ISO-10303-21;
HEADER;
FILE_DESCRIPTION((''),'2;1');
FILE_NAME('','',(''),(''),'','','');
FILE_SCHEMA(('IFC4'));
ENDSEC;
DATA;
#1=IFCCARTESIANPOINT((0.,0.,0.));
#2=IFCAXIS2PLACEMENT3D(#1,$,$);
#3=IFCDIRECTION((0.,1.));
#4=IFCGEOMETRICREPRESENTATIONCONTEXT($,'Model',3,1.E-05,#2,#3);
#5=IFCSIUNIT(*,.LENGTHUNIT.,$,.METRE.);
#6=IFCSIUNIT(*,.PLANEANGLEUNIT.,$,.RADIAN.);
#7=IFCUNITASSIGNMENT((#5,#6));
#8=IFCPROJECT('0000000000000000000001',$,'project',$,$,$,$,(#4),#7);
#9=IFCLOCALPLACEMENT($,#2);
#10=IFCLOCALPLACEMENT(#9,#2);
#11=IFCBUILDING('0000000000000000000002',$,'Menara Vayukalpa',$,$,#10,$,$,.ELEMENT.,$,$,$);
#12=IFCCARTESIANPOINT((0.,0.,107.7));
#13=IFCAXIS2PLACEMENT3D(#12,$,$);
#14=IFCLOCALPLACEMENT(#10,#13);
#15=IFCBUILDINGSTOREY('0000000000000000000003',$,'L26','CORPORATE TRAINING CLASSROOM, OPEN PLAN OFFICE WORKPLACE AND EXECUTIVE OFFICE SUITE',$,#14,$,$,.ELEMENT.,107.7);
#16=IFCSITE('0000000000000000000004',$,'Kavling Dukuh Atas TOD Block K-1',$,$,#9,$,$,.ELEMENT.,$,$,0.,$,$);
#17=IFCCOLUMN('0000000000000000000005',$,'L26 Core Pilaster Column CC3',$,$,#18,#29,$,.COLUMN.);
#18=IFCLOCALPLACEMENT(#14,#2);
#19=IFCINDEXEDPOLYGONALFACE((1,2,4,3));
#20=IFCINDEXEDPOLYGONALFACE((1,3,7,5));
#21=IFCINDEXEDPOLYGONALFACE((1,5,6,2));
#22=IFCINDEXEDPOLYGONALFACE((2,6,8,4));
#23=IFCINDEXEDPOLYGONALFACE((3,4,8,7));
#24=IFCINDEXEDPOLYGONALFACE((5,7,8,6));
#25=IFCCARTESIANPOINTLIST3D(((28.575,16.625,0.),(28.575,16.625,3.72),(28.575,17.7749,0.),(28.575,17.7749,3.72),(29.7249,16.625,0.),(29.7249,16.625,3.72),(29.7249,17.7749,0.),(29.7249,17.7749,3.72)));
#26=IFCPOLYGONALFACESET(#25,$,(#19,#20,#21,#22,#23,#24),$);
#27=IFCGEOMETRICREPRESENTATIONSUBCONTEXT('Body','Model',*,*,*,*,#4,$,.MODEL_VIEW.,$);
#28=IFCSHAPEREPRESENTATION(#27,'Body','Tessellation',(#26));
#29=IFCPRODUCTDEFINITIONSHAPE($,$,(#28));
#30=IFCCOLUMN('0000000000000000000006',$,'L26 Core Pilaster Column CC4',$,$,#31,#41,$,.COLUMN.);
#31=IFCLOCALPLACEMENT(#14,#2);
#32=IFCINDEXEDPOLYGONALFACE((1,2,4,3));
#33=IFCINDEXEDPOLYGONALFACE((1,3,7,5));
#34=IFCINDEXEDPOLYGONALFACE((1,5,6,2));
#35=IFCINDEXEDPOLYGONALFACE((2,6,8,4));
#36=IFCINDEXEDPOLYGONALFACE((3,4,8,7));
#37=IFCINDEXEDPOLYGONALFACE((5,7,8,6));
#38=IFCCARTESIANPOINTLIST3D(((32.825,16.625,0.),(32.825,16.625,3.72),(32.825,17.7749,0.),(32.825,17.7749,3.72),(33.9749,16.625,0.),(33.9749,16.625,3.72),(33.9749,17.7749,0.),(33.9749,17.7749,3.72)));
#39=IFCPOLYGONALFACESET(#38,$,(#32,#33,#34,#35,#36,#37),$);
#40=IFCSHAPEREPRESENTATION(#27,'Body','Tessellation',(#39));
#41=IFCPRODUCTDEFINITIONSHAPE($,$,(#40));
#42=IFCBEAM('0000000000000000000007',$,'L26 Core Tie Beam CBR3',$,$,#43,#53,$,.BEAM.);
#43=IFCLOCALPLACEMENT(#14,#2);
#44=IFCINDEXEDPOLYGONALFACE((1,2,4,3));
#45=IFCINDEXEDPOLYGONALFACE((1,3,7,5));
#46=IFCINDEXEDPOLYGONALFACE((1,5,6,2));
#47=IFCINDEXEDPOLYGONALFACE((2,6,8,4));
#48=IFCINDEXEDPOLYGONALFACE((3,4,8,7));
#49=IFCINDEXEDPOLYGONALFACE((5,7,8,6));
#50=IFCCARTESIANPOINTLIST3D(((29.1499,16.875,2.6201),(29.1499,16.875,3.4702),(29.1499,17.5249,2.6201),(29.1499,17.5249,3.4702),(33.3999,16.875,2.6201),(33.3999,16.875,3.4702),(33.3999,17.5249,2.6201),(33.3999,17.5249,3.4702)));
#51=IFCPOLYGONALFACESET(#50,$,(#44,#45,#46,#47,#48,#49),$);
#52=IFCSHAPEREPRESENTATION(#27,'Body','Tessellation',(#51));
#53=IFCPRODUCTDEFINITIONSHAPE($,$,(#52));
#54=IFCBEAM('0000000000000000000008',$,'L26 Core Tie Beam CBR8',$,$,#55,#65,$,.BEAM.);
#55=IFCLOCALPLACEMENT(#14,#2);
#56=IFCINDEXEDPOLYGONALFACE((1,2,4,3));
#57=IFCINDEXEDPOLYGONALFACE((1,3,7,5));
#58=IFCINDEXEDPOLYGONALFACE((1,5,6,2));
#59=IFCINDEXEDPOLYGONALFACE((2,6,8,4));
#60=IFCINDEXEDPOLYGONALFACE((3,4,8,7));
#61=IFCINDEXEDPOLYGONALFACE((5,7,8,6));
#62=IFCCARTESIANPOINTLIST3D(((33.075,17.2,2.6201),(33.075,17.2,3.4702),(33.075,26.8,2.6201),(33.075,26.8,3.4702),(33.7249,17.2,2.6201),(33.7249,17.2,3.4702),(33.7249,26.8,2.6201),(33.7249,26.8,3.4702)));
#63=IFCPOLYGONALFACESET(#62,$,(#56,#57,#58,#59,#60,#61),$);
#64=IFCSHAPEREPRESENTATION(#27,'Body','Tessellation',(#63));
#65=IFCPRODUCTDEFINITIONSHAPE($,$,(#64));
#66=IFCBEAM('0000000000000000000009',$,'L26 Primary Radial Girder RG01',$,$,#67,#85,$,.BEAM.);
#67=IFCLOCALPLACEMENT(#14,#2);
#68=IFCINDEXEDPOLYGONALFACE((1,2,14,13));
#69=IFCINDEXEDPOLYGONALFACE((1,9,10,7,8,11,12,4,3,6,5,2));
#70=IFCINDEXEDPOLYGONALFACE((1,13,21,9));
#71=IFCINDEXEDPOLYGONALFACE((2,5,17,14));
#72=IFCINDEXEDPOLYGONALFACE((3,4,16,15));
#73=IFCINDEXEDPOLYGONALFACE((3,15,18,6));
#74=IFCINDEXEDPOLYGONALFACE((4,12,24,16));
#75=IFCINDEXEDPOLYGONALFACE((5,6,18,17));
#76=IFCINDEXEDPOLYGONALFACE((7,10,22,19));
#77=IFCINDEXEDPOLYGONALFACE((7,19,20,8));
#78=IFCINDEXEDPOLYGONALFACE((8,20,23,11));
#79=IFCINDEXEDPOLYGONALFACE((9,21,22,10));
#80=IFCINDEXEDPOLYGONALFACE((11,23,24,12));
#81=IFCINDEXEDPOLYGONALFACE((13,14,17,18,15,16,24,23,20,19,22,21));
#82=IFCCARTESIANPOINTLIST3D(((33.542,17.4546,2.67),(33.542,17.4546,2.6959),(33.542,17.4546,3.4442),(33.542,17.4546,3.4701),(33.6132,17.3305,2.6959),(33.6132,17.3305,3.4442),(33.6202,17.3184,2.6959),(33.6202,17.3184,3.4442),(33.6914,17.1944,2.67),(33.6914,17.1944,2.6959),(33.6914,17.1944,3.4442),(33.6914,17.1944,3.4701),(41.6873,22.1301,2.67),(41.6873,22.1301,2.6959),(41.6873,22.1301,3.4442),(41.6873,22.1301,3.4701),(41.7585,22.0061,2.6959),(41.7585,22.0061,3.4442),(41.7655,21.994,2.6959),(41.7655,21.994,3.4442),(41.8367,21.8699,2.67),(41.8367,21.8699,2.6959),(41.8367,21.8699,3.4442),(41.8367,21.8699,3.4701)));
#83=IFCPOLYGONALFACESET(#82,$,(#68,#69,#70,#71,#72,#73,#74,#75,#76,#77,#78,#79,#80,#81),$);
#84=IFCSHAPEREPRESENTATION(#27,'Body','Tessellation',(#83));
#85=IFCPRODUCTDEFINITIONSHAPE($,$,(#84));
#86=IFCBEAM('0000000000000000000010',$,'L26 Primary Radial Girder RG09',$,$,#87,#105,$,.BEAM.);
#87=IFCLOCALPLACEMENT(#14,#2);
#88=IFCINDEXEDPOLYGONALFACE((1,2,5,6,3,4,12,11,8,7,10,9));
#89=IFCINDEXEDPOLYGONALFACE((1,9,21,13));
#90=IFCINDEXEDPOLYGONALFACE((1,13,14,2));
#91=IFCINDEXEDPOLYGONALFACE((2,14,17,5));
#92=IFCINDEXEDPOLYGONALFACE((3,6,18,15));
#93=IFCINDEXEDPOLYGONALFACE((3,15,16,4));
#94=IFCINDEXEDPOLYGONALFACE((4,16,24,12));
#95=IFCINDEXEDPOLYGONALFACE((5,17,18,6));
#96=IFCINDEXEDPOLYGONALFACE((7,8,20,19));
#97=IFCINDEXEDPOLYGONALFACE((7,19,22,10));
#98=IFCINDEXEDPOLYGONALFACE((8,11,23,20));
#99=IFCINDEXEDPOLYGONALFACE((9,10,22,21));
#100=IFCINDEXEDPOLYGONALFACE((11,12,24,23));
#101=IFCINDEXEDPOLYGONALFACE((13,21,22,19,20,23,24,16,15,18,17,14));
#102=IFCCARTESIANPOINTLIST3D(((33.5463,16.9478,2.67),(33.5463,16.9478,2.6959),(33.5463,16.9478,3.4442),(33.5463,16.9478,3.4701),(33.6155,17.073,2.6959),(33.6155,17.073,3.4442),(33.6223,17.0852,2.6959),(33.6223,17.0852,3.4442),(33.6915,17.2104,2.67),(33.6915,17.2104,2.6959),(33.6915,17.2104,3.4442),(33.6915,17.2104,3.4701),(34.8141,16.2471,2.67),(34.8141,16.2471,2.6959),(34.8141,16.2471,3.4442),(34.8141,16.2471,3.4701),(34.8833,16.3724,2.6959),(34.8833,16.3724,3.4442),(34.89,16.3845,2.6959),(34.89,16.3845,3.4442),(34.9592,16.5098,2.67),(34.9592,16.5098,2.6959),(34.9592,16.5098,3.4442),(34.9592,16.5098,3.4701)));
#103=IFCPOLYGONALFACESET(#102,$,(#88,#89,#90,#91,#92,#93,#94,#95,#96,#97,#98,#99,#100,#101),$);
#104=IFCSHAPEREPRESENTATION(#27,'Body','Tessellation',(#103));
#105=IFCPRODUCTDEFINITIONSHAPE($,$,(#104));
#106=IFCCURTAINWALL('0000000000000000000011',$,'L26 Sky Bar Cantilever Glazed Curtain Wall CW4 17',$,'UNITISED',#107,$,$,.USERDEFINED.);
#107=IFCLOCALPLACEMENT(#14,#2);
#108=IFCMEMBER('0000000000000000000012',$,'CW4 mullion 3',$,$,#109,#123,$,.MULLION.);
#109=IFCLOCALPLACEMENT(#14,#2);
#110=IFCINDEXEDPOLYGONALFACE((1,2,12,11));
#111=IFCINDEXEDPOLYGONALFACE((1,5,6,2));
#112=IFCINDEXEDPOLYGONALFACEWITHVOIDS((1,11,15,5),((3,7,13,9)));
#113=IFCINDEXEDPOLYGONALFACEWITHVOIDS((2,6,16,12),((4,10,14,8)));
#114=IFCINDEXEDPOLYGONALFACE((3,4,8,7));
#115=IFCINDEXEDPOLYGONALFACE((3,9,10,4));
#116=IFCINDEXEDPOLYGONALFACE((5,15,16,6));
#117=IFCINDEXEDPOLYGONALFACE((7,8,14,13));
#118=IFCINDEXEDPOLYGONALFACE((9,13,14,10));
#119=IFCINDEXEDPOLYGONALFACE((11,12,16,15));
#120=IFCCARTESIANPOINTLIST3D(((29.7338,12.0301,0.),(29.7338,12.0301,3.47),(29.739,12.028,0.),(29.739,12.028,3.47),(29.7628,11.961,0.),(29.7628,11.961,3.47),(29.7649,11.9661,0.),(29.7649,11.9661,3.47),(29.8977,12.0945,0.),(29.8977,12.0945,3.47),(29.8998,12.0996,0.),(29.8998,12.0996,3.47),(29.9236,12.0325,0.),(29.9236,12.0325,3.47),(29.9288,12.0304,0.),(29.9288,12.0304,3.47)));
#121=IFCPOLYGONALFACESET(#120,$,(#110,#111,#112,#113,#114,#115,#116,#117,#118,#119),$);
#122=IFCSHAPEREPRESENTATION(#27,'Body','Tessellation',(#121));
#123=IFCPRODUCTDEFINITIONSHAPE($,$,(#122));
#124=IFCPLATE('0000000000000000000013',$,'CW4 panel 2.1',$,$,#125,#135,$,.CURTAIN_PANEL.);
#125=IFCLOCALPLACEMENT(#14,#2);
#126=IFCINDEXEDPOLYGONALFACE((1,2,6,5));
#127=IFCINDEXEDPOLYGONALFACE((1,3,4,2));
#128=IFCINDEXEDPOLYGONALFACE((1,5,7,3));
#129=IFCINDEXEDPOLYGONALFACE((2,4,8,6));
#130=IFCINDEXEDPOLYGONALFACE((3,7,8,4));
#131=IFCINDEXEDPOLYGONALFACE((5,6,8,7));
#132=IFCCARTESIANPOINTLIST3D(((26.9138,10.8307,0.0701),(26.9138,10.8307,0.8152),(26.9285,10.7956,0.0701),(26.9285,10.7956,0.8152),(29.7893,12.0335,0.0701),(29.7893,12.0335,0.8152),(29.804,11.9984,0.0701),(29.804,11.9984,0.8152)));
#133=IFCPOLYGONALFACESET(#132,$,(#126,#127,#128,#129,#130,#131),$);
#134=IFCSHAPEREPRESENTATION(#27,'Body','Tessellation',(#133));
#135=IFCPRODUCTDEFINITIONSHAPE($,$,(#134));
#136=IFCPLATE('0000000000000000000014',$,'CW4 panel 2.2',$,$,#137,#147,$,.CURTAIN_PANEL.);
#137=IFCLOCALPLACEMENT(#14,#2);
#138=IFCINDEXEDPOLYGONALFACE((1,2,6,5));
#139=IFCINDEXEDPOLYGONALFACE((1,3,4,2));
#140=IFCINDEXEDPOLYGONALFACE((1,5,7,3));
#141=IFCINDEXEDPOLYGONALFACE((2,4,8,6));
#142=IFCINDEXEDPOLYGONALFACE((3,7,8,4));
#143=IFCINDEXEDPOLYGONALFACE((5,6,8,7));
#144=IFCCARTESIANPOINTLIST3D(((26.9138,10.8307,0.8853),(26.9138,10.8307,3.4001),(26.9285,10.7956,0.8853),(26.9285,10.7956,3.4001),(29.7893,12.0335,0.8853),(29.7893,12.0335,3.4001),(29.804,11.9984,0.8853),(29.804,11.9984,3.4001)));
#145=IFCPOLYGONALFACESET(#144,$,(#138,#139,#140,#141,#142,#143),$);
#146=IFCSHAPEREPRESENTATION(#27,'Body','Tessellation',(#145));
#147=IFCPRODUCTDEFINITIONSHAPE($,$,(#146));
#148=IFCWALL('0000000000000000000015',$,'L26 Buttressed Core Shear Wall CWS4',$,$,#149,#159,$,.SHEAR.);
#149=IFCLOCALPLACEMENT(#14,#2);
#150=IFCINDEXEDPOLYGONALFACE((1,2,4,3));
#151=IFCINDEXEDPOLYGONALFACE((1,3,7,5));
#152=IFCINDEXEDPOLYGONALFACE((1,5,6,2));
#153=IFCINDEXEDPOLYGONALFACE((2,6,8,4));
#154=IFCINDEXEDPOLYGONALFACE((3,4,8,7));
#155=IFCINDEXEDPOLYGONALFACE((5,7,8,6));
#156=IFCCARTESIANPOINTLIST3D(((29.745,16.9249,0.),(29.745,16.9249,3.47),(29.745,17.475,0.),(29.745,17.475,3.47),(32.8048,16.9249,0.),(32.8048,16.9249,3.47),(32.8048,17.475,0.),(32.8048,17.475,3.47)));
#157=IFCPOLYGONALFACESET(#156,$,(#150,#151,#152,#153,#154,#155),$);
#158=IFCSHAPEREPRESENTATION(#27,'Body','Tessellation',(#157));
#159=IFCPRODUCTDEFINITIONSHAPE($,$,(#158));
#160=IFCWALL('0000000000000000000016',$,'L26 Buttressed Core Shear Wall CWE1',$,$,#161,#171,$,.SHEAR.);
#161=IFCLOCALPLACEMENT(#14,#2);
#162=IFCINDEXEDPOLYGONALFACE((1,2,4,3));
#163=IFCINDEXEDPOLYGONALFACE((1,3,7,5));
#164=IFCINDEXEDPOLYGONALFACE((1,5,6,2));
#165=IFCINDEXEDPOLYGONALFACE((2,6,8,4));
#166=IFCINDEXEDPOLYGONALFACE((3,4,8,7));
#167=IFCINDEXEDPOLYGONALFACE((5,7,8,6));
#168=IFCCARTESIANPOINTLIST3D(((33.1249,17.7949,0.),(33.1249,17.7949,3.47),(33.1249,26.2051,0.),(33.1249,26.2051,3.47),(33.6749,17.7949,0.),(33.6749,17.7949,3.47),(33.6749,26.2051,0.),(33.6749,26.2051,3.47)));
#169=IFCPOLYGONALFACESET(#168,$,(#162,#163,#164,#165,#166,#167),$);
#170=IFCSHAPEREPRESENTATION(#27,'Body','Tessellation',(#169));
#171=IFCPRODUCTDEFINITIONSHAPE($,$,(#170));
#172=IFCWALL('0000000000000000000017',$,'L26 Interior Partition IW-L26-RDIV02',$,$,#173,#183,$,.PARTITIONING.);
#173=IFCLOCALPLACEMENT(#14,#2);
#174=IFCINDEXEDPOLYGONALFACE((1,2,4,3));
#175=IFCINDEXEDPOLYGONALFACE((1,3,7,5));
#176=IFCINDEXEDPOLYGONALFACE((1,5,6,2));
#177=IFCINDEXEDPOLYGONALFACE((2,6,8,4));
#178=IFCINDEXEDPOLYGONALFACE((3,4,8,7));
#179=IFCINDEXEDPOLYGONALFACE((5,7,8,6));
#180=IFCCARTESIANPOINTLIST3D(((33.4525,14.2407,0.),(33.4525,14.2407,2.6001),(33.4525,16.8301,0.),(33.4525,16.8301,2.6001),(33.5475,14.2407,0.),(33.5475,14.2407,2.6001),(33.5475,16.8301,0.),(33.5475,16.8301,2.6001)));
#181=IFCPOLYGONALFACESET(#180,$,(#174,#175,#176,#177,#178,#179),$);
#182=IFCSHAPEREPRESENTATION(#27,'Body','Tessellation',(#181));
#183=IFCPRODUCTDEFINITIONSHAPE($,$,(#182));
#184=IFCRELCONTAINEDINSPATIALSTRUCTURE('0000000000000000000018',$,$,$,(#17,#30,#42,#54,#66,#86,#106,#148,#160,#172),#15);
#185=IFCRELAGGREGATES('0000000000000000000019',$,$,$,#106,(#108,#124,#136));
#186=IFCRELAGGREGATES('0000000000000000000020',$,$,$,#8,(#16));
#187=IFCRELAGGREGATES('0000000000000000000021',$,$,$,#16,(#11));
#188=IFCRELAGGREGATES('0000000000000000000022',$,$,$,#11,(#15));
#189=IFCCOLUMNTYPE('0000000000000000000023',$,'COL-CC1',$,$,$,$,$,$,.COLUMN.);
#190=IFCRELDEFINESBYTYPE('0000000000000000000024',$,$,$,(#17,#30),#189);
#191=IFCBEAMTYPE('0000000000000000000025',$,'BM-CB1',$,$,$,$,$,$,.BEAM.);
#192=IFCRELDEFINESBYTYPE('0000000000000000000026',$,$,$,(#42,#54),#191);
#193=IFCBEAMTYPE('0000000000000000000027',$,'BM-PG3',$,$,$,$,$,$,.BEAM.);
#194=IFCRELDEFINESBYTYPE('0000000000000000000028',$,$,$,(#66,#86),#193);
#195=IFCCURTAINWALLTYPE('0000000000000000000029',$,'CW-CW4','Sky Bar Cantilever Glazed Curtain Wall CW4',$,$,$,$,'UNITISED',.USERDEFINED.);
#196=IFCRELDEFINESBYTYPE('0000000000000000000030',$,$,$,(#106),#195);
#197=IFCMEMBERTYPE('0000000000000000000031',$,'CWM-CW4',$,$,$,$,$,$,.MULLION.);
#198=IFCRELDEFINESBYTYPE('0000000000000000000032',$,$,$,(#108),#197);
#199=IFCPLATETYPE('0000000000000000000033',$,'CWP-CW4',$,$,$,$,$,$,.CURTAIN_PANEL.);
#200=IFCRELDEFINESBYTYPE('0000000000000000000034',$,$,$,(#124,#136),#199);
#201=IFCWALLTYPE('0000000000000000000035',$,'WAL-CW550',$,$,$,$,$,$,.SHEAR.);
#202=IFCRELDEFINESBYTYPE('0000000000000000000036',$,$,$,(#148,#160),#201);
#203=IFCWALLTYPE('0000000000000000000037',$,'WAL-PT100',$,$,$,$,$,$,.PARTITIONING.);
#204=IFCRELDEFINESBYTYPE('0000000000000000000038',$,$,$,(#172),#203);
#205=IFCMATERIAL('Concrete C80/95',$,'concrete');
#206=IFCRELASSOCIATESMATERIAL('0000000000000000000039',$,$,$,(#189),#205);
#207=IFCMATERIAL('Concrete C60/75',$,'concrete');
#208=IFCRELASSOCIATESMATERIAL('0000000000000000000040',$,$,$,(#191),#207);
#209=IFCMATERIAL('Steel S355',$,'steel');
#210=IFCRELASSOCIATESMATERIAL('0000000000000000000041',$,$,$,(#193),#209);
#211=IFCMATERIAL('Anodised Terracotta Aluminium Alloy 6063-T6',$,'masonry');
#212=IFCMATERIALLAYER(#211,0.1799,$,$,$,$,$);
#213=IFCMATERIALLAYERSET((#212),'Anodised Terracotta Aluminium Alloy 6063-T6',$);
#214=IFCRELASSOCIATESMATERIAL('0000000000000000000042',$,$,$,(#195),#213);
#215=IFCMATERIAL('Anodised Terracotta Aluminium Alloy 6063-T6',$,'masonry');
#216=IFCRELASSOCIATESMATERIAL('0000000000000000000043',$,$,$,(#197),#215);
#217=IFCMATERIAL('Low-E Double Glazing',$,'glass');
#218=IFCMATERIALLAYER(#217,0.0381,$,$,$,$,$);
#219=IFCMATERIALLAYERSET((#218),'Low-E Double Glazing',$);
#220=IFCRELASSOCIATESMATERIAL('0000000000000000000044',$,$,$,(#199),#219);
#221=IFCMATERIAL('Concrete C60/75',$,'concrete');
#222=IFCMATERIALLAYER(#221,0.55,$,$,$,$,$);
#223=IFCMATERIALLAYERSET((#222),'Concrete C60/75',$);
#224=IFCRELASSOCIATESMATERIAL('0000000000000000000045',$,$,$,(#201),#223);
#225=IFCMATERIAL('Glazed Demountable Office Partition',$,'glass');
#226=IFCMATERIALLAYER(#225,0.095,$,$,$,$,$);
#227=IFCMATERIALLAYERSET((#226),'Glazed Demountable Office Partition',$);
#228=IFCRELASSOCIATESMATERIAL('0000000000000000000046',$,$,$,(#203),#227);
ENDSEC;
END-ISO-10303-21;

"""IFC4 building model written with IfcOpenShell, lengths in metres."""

from ifc_helpers import new_model, si_unit, direction, frame, frame_2d, origin, origin_2d, place, context, subcontext, project, spatial, rectangle, hollow_rectangle, i_section, extrude, material, layer, layer_set, material_profile, profile_set, type_object, element, aggregate, save


model = new_model("IFC4")

# Units and contexts
model_context = context("Model", 3, precision=1e-05, world=origin(), true_north=direction((0.0, 1.0)))
body_context = subcontext(model_context, "Body", "Model", "MODEL_VIEW")
ifc_project = project(units=[si_unit("LENGTHUNIT", "METRE"), si_unit("PLANEANGLEUNIT", "RADIAN")], contexts=[model_context])

# Site, building, storey
site_placement = place(None, origin())
site = spatial("IfcSite", under=ifc_project, at=site_placement, Name="Kavling Dukuh Atas TOD Block K-1", CompositionType="ELEMENT", RefElevation=0.0)
building_placement = place(site_placement, origin())
building = spatial("IfcBuilding", under=site, at=building_placement, Name="Menara Vayukalpa", CompositionType="ELEMENT")
storey_placement = place(building_placement, frame((0.0, 0.0, 107.7)))
storey = spatial("IfcBuildingStorey", under=building, at=storey_placement, Name="L26", Description="CORPORATE TRAINING CLASSROOM, OPEN PLAN OFFICE WORKPLACE AND EXECUTIVE OFFICE SUITE", CompositionType="ELEMENT", Elevation=107.7)

# Columns
ifc_material_1 = material(Name="Concrete C80/95", Category="concrete")
ifc_material_profile_1 = material_profile(ifc_material_1, rectangle(XDim=1.1499, YDim=1.1499, at=origin_2d()), Name="RC 1150x1150")
ifc_profile_set_1 = profile_set([ifc_material_profile_1], Name="Concrete C80/95")
column_type = type_object("IfcColumnType", Name="COL-CC1", PredefinedType="COLUMN", material=ifc_profile_set_1)
for number, where, z_axis, x_axis, name in (
    (1, (29.1499, 17.2, 0.0), (0.0, 0.0, 1.0), (1.0, 0.0, 0.0), "L26 Core Pilaster Column CC3"),
    (2, (33.3999, 17.2, 0.0), (0.0, 0.0, 1.0), (1.0, 0.0, 0.0), "L26 Core Pilaster Column CC4"),
):
    element("IfcColumn", number, at=place(storey_placement, frame(where, z_axis=z_axis, x_axis=x_axis)), inside=storey, type_object=column_type, Name=name, PredefinedType="COLUMN", context=body_context, shape_type="SweptSolid", body=[
        extrude(rectangle(XDim=1.1499, YDim=1.1499, at=origin_2d()), origin(), (0.0, 0.0, 1.0), 3.72),
    ])

# Beams
ifc_material_2 = material(Name="Concrete C60/75", Category="concrete")
ifc_material_profile_2 = material_profile(ifc_material_2, rectangle(XDim=0.6499, YDim=0.8501, at=origin_2d()), Name="RC 650x850")
ifc_profile_set_2 = profile_set([ifc_material_profile_2], Name="Concrete C60/75")
beam_type_1 = type_object("IfcBeamType", Name="BM-CB1", PredefinedType="BEAM", material=ifc_profile_set_2)
beam_1_placement = place(storey_placement, frame((29.1499, 17.2, 3.0452), z_axis=(1.0, 0.0, 0.0), x_axis=(0.0, 1.0, 0.0)))
element("IfcBeam", 3, at=beam_1_placement, inside=storey, type_object=beam_type_1, Name="L26 Core Tie Beam CBR3", PredefinedType="BEAM", context=body_context, shape_type="SweptSolid", body=[
    extrude(rectangle(XDim=0.6499, YDim=0.8501, at=origin_2d()), origin(), (0.0, 0.0, 1.0), 4.25),
])
beam_2_placement = place(storey_placement, frame((33.3999, 17.2, 3.0452), z_axis=(0.0, 1.0, 0.0), x_axis=(-1.0, 0.0, 0.0)))
element("IfcBeam", 4, at=beam_2_placement, inside=storey, type_object=beam_type_1, Name="L26 Core Tie Beam CBR8", PredefinedType="BEAM", context=body_context, shape_type="SweptSolid", body=[
    extrude(rectangle(XDim=0.6499, YDim=0.8501, at=origin_2d()), origin(), (0.0, 0.0, 1.0), 9.6001),
])
ifc_material_3 = material(Name="Steel S355", Category="steel")
ifc_material_profile_3 = material_profile(ifc_material_3, i_section(OverallWidth=0.3, OverallDepth=0.8, WebThickness=0.0139, FlangeThickness=0.0259, at=origin_2d()), Name="WF 800x300x14x26")
ifc_profile_set_3 = profile_set([ifc_material_profile_3], Name="Steel S355")
beam_type_2 = type_object("IfcBeamType", Name="BM-PG3", PredefinedType="BEAM", material=ifc_profile_set_3)
beam_3_placement = place(storey_placement, frame((33.6167, 17.3245, 3.0701), z_axis=(0.867274, 0.497832, 0.0), x_axis=(-0.497832, 0.867274, 0.0)))
element("IfcBeam", 5, at=beam_3_placement, inside=storey, type_object=beam_type_2, Name="L26 Primary Radial Girder RG01", PredefinedType="BEAM", context=body_context, shape_type="SweptSolid", body=[
    extrude(i_section(OverallWidth=0.3, OverallDepth=0.8, WebThickness=0.0139, FlangeThickness=0.0259, at=origin_2d()), origin(), (0.0, 0.0, 1.0), 9.3918),
])
beam_4_placement = place(storey_placement, frame((33.6189, 17.0791, 3.0701), z_axis=(0.875228, -0.48371, 0.0), x_axis=(0.48371, 0.875228, 0.0)))
element("IfcBeam", 6, at=beam_4_placement, inside=storey, type_object=beam_type_2, Name="L26 Primary Radial Girder RG09", PredefinedType="BEAM", context=body_context, shape_type="SweptSolid", body=[
    extrude(i_section(OverallWidth=0.3, OverallDepth=0.8, WebThickness=0.0139, FlangeThickness=0.0259, at=origin_2d()), origin(), (0.0, 0.0, 1.0), 1.4485),
])

# Curtain wall, member, plates
ifc_material_4 = material(Name="Anodised Terracotta Aluminium Alloy 6063-T6", Category="masonry")
ifc_layer_1 = layer(ifc_material_4, 0.1799)
ifc_layer_set_1 = layer_set([ifc_layer_1], Name="Anodised Terracotta Aluminium Alloy 6063-T6")
curtain_wall_type = type_object("IfcCurtainWallType", Name="CW-CW4", Description="Sky Bar Cantilever Glazed Curtain Wall CW4", ElementType="UNITISED", PredefinedType="USERDEFINED", material=ifc_layer_set_1)
curtain_wall_placement = place(storey_placement, origin())
curtain_wall = element("IfcCurtainWall", 7, at=curtain_wall_placement, inside=storey, type_object=curtain_wall_type, Name="L26 Sky Bar Cantilever Glazed Curtain Wall CW4 17", ObjectType="UNITISED", PredefinedType="USERDEFINED")
ifc_material_5 = material(Name="Anodised Terracotta Aluminium Alloy 6063-T6", Category="masonry")
ifc_material_profile_4 = material_profile(ifc_material_5, hollow_rectangle(XDim=0.075, YDim=0.1799, WallThickness=0.0039, at=origin_2d()), Name="ALU 75x180x4")
ifc_profile_set_4 = profile_set([ifc_material_profile_4], Name="Anodised Terracotta Aluminium Alloy 6063-T6")
member_type = type_object("IfcMemberType", Name="CWM-CW4", PredefinedType="MULLION", material=ifc_profile_set_4)
member_placement = place(storey_placement, frame((29.8313, 12.0303, 0.0), z_axis=(0.0, 0.0, 1.0), x_axis=(-0.385894, 0.922543, 0.0)))
member = element("IfcMember", 8, at=member_placement, type_object=member_type, Name="CW4 mullion 3", PredefinedType="MULLION", context=body_context, shape_type="SweptSolid", body=[
    extrude(hollow_rectangle(XDim=0.075, YDim=0.1799, WallThickness=0.0039, at=origin_2d()), origin(), (0.0, 0.0, 1.0), 3.47),
])
ifc_material_6 = material(Name="Low-E Double Glazing", Category="glass")
ifc_layer_2 = layer(ifc_material_6, 0.0381)
ifc_layer_set_2 = layer_set([ifc_layer_2], Name="Low-E Double Glazing")
plate_type = type_object("IfcPlateType", Name="CWP-CW4", PredefinedType="CURTAIN_PANEL", material=ifc_layer_set_2)
plate_1_placement = place(storey_placement, frame((28.3589, 11.4146, 0.0701), z_axis=(0.0, 0.0, 1.0), x_axis=(0.922543, 0.385894, 0.0)))
plate_1 = element("IfcPlate", 9, at=plate_1_placement, type_object=plate_type, Name="CW4 panel 2.1", PredefinedType="CURTAIN_PANEL", context=body_context, shape_type="SweptSolid", body=[
    extrude(rectangle(XDim=3.1169, YDim=0.0381, at=origin_2d()), origin(), (0.0, 0.0, 1.0), 0.7451),
])
plate_2_placement = place(storey_placement, frame((28.3589, 11.4146, 0.8853), z_axis=(0.0, 0.0, 1.0), x_axis=(0.922543, 0.385894, 0.0)))
plate_2 = element("IfcPlate", 10, at=plate_2_placement, type_object=plate_type, Name="CW4 panel 2.2", PredefinedType="CURTAIN_PANEL", context=body_context, shape_type="SweptSolid", body=[
    extrude(rectangle(XDim=3.1169, YDim=0.0381, at=origin_2d()), origin(), (0.0, 0.0, 1.0), 2.5149),
])
aggregate(curtain_wall, [member, plate_1, plate_2])

# Walls
ifc_material_7 = material(Name="Concrete C60/75", Category="concrete")
ifc_layer_3 = layer(ifc_material_7, 0.55)
ifc_layer_set_3 = layer_set([ifc_layer_3], Name="Concrete C60/75")
wall_type_1 = type_object("IfcWallType", Name="WAL-CW550", PredefinedType="SHEAR", material=ifc_layer_set_3)
wall_1_placement = place(storey_placement, frame((29.7451, 17.2, 0.0), z_axis=(0.0, 0.0, 1.0), x_axis=(1.0, 0.0, 0.0)))
element("IfcWall", 11, at=wall_1_placement, inside=storey, type_object=wall_type_1, Name="L26 Buttressed Core Shear Wall CWS4", PredefinedType="SHEAR", context=body_context, shape_type="SweptSolid", body=[
    extrude(rectangle(XDim=3.0598, YDim=0.55, at=frame_2d((1.5298, 0.0))), origin(), (0.0, 0.0, 1.0), 3.47),
])
wall_2_placement = place(storey_placement, frame((33.3999, 17.7949, 0.0), z_axis=(0.0, 0.0, 1.0), x_axis=(0.0, 1.0, 0.0)))
element("IfcWall", 12, at=wall_2_placement, inside=storey, type_object=wall_type_1, Name="L26 Buttressed Core Shear Wall CWE1", PredefinedType="SHEAR", context=body_context, shape_type="SweptSolid", body=[
    extrude(rectangle(XDim=8.4102, YDim=0.55, at=frame_2d((4.2051, 0.0))), origin(), (0.0, 0.0, 1.0), 3.47),
])
ifc_material_8 = material(Name="Glazed Demountable Office Partition", Category="glass")
ifc_layer_4 = layer(ifc_material_8, 0.095)
ifc_layer_set_4 = layer_set([ifc_layer_4], Name="Glazed Demountable Office Partition")
wall_type_2 = type_object("IfcWallType", Name="WAL-PT100", PredefinedType="PARTITIONING", material=ifc_layer_set_4)
wall_3_placement = place(storey_placement, frame((33.5, 14.2407, 0.0), z_axis=(0.0, 0.0, 1.0), x_axis=(0.0, 1.0, 0.0)))
element("IfcWall", 13, at=wall_3_placement, inside=storey, type_object=wall_type_2, Name="L26 Interior Partition IW-L26-RDIV02", PredefinedType="PARTITIONING", context=body_context, shape_type="SweptSolid", body=[
    extrude(rectangle(XDim=2.5894, YDim=0.095, at=frame_2d((1.2947, 0.0))), origin(), (0.0, 0.0, 1.0), 2.6001),
])

save(model, "model.ifc")
